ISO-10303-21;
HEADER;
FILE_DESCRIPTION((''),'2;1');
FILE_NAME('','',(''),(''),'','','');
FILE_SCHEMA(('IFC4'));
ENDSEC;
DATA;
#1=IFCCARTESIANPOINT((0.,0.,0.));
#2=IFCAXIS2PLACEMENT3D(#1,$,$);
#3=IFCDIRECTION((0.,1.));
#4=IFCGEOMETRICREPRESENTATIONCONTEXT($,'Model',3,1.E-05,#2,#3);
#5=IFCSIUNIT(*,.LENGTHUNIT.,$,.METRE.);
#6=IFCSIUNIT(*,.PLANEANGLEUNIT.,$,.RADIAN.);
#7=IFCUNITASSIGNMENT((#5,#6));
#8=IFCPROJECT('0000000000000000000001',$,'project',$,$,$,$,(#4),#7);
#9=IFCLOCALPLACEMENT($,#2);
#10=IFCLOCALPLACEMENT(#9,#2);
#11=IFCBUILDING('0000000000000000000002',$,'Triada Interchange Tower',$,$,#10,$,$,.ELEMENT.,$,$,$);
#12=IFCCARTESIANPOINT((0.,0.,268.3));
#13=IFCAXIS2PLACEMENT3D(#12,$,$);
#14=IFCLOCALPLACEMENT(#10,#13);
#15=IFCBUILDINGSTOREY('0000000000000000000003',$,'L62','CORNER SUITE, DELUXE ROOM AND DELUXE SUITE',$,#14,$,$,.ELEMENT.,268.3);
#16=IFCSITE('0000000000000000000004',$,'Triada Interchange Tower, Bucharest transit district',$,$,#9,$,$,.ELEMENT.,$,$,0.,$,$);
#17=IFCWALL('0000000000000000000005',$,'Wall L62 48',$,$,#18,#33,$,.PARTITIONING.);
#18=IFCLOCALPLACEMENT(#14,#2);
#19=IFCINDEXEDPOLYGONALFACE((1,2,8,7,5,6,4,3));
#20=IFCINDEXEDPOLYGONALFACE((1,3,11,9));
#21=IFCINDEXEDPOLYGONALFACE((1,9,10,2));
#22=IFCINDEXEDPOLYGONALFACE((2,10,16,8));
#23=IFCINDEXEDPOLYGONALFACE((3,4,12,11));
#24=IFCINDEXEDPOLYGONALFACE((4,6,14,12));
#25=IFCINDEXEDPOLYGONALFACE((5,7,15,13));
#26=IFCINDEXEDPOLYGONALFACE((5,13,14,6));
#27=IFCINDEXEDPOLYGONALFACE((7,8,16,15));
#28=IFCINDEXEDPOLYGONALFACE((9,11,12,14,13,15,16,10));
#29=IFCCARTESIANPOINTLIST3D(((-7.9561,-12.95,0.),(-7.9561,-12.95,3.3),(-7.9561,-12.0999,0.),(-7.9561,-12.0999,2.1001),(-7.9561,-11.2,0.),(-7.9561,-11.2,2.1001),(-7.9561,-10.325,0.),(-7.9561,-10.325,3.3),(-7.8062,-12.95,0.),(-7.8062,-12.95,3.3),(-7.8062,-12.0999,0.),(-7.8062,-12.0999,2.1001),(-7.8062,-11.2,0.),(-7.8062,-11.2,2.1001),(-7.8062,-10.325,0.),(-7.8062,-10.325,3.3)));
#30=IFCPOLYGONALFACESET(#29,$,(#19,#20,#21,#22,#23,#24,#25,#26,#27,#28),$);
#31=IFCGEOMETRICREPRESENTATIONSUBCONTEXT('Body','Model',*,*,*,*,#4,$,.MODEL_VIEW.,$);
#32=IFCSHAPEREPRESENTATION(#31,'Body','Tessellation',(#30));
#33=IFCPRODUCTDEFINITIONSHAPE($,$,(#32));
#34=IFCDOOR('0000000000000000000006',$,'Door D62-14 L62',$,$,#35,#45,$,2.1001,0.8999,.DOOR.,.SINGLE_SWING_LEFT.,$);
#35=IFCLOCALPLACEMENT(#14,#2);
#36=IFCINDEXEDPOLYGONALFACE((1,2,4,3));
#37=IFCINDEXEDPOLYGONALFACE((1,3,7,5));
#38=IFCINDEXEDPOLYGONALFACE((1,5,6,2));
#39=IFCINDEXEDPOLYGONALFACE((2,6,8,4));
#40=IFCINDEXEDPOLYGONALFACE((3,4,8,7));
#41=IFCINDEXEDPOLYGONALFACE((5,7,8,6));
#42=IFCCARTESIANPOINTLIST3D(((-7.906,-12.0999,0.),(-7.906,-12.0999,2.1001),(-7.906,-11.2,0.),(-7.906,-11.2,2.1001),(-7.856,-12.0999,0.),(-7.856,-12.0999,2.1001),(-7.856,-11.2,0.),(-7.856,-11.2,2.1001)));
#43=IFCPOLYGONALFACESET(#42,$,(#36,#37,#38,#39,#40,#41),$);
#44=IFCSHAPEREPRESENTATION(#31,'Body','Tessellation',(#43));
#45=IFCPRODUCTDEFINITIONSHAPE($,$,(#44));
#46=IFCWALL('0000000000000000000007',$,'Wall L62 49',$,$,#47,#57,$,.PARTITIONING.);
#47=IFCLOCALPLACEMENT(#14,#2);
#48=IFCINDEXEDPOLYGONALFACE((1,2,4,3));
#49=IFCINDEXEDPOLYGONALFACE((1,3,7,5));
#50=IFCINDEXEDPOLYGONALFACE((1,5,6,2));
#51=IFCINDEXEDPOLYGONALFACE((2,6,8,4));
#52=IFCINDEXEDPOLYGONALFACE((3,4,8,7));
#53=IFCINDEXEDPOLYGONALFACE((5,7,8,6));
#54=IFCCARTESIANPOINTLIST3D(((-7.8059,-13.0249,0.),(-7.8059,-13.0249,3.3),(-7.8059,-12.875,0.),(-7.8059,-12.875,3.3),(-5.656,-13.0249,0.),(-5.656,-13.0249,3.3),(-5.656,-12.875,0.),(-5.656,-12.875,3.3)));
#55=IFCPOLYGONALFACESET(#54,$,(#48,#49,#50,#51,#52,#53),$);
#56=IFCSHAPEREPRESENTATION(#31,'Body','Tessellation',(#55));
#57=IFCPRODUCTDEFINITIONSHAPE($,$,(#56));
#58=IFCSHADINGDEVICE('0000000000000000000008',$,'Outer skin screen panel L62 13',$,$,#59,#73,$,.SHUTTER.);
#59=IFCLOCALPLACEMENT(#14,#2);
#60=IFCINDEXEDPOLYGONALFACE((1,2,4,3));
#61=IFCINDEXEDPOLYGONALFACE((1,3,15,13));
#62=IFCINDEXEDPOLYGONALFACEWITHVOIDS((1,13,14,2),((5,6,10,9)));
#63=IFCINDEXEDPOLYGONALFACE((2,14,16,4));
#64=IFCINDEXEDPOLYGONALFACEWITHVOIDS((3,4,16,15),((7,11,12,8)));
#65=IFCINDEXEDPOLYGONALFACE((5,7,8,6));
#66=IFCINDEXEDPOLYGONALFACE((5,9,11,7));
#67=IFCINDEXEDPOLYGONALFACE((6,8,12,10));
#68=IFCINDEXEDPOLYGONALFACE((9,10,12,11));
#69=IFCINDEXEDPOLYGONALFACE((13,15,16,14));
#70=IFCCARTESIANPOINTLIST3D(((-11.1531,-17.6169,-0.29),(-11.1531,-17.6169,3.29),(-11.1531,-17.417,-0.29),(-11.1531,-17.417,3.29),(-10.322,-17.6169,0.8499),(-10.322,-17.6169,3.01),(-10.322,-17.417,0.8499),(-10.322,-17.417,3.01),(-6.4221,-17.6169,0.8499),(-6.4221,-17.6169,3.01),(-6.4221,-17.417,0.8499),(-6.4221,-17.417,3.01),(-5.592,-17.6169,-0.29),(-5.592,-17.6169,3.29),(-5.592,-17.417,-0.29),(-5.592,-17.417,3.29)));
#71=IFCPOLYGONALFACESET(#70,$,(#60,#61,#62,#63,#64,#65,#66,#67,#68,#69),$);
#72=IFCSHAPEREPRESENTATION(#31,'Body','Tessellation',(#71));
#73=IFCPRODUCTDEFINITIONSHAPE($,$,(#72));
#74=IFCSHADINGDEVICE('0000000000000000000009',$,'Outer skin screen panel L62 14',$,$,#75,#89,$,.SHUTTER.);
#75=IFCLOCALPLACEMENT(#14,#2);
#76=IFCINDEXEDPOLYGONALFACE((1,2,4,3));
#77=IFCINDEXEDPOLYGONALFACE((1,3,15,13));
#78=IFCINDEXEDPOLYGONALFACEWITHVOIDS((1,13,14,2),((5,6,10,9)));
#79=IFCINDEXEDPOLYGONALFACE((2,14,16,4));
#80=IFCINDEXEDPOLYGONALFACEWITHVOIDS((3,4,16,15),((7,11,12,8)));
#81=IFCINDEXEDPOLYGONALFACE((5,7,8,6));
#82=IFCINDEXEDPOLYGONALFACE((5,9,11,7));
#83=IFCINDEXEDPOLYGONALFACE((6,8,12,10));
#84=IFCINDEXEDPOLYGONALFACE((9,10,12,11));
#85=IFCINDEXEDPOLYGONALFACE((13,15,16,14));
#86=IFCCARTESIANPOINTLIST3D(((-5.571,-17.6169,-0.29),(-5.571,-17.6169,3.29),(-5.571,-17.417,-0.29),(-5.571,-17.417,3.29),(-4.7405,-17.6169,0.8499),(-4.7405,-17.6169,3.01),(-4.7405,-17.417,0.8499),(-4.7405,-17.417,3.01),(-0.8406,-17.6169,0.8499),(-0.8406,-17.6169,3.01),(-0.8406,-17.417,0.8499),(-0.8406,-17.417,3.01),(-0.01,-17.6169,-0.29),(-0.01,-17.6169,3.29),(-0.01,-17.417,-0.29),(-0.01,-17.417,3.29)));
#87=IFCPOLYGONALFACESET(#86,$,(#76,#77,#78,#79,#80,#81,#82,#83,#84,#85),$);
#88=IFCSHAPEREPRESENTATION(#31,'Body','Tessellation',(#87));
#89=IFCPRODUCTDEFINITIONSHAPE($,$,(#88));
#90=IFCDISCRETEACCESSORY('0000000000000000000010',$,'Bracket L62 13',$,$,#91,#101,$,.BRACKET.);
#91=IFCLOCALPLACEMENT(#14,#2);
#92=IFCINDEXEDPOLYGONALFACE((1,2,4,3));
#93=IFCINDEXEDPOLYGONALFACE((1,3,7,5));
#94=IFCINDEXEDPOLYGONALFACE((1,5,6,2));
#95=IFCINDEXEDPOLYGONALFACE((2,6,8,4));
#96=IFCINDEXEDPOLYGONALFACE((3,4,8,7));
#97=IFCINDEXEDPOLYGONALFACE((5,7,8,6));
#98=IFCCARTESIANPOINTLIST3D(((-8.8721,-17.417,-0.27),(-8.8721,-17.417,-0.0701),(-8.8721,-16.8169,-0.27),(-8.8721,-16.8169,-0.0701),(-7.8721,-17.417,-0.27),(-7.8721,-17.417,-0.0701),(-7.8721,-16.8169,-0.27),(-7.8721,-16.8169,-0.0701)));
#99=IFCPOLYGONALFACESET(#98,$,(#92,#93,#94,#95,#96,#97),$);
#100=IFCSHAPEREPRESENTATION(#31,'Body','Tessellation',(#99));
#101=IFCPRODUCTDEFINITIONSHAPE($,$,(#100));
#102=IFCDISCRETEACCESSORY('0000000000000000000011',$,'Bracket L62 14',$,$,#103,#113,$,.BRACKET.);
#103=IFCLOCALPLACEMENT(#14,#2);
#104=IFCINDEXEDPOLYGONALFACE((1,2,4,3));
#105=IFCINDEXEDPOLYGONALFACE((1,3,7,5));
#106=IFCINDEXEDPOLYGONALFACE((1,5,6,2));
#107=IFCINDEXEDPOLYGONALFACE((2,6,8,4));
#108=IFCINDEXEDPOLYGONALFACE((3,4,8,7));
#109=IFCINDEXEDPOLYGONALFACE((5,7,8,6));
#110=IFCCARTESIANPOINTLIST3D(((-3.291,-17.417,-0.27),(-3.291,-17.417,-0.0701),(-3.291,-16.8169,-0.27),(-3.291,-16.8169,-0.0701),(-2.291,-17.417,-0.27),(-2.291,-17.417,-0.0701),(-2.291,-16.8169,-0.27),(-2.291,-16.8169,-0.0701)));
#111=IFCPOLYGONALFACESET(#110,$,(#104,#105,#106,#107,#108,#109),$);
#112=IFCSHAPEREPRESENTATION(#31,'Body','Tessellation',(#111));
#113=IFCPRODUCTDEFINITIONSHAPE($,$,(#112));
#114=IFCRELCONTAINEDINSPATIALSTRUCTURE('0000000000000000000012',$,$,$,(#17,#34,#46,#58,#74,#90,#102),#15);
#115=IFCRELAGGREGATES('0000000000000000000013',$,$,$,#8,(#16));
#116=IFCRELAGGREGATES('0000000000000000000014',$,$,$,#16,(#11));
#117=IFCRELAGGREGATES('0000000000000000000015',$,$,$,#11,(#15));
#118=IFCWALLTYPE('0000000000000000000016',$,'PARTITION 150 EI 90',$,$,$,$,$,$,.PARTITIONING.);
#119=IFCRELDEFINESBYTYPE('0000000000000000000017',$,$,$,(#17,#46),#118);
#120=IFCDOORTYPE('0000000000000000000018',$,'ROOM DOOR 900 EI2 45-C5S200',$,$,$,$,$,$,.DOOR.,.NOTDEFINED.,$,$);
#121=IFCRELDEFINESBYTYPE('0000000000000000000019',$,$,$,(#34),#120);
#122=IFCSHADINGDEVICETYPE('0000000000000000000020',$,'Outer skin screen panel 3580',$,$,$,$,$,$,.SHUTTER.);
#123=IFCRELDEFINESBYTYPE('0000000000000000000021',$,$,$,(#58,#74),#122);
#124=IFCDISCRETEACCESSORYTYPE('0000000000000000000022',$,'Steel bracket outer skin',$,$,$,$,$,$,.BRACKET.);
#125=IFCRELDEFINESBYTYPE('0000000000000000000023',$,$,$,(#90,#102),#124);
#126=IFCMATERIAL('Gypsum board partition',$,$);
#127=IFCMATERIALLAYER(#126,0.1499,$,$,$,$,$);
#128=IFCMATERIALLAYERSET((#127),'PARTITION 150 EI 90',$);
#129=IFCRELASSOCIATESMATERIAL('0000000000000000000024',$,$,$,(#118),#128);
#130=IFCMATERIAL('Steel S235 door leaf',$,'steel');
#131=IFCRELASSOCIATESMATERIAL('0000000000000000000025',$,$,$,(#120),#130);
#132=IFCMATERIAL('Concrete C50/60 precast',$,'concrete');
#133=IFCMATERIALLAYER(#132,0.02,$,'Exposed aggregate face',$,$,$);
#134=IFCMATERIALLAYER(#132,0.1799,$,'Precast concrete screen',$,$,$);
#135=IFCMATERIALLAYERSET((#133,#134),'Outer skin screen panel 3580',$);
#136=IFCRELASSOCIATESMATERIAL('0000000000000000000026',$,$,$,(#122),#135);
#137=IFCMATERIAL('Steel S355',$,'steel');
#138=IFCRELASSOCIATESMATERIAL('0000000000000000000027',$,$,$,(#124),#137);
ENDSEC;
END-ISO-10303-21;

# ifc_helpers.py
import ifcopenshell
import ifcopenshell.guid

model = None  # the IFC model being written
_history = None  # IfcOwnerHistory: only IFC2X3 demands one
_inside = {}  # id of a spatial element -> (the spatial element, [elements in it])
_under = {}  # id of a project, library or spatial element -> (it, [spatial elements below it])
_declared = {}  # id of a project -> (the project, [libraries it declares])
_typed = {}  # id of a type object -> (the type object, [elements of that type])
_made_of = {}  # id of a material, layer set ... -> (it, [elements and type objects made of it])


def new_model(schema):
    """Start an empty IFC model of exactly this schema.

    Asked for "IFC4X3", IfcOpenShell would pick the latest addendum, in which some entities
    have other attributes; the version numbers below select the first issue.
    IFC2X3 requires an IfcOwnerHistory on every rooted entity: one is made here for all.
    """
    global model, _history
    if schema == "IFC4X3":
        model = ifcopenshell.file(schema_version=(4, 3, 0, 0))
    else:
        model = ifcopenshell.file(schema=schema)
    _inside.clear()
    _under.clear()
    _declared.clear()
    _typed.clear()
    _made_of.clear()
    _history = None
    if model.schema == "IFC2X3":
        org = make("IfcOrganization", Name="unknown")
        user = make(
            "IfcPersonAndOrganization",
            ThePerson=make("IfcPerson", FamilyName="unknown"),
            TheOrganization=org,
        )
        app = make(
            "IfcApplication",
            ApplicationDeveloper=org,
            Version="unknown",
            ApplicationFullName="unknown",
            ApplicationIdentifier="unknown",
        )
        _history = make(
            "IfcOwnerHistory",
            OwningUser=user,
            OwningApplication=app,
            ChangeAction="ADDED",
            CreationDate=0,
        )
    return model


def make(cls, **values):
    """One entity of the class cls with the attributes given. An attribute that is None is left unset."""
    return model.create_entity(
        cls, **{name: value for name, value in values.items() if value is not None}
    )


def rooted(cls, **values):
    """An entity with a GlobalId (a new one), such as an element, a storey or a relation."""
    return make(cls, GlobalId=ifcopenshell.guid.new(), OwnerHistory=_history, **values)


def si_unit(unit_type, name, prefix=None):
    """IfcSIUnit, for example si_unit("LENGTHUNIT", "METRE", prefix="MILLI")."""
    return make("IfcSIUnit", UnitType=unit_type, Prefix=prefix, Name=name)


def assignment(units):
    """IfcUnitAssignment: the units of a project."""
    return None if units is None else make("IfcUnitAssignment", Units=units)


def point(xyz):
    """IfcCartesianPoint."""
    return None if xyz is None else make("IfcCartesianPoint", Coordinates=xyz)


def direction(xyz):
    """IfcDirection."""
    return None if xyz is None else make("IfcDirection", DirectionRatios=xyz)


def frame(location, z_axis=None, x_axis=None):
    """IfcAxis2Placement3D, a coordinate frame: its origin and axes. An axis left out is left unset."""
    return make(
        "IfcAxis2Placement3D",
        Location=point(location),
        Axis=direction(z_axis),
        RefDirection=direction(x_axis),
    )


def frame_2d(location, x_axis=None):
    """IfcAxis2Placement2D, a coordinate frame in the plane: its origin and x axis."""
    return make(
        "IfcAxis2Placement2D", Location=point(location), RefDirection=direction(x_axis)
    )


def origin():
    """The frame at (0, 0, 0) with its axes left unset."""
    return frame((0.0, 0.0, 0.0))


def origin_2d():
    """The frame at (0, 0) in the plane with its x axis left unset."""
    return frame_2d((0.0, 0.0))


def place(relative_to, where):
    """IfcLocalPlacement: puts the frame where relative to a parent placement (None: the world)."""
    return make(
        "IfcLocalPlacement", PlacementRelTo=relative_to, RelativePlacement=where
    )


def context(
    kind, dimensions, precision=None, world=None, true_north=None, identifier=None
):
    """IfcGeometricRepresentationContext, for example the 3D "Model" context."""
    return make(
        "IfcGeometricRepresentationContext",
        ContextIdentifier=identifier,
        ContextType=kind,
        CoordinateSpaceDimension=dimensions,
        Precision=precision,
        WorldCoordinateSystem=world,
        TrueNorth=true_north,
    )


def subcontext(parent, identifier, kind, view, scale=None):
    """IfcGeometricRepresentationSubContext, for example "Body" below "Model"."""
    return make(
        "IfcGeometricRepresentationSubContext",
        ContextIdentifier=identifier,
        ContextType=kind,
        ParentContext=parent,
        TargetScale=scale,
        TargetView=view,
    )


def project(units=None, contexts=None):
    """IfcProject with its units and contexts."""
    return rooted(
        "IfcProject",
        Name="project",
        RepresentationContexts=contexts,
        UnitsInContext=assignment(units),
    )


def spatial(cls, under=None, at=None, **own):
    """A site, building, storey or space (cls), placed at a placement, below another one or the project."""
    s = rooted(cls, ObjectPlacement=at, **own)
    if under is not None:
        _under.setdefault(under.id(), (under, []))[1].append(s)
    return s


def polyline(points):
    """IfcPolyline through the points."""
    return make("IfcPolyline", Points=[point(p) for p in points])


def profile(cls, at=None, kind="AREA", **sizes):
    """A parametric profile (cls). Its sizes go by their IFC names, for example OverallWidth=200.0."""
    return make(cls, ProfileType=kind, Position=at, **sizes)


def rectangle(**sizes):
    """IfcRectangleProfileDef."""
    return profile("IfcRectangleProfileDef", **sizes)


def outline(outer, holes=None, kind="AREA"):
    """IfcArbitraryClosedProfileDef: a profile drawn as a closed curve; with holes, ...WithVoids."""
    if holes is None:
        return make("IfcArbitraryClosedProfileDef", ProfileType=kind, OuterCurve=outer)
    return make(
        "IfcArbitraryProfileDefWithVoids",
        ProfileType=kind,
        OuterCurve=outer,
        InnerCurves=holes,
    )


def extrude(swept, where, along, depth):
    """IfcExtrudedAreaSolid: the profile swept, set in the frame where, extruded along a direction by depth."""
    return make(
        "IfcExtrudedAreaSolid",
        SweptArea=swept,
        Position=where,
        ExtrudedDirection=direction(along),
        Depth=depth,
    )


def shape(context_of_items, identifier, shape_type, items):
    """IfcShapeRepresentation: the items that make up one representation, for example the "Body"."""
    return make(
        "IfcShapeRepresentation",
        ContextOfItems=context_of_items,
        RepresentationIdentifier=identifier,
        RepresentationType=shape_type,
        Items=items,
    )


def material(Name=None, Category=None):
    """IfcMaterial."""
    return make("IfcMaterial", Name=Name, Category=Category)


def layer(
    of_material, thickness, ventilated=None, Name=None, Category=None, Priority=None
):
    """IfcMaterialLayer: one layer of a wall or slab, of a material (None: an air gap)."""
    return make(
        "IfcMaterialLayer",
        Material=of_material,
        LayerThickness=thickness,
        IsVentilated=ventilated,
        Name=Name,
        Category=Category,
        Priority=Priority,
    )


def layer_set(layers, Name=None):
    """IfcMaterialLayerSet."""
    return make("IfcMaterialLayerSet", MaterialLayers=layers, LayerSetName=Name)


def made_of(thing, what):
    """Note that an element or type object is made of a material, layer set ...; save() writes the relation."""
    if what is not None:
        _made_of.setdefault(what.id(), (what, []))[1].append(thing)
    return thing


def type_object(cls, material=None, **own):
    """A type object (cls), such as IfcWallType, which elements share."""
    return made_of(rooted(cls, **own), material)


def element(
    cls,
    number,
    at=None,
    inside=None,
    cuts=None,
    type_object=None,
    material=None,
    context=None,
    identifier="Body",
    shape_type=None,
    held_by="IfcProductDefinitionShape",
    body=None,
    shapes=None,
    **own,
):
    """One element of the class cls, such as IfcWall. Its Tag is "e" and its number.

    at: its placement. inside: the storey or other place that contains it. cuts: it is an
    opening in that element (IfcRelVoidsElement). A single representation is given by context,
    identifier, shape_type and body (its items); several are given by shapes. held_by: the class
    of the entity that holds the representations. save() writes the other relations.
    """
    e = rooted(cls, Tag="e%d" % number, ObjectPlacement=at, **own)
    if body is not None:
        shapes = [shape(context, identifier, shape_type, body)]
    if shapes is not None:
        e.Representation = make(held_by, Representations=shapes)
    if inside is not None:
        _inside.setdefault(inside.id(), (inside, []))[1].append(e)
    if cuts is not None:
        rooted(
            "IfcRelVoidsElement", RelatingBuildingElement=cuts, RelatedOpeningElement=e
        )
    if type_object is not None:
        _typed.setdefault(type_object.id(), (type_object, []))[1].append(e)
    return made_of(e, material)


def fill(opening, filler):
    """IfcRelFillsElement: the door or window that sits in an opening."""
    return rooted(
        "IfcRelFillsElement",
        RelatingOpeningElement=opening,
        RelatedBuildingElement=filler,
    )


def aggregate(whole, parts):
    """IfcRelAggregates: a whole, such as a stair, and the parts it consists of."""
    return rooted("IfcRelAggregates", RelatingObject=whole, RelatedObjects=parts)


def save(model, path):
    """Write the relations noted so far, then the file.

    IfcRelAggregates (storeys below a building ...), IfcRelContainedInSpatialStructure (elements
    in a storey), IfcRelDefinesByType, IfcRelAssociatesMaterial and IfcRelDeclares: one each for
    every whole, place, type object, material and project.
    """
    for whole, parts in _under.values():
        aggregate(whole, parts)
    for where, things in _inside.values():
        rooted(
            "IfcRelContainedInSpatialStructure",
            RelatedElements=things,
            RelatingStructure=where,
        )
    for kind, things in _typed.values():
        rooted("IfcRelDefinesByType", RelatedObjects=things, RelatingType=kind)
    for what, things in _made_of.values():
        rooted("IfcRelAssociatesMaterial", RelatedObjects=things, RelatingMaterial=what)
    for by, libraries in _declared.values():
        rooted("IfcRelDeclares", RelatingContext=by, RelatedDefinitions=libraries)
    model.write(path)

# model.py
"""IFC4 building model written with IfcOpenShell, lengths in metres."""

from ifc_helpers import new_model, si_unit, direction, frame, frame_2d, origin, origin_2d, place, context, subcontext, project, spatial, polyline, rectangle, outline, extrude, material, layer, layer_set, type_object, element, fill, save


model = new_model("IFC4")

# Units and contexts
model_context = context("Model", 3, precision=1e-05, world=origin(), true_north=direction((0.0, 1.0)))
body_context = subcontext(model_context, "Body", "Model", "MODEL_VIEW")
ifc_project = project(units=[si_unit("LENGTHUNIT", "METRE"), si_unit("PLANEANGLEUNIT", "RADIAN")], contexts=[model_context])

# Site, building, storey
site_placement = place(None, origin())
site = spatial("IfcSite", under=ifc_project, at=site_placement, Name="Triada Interchange Tower, Bucharest transit district", CompositionType="ELEMENT", RefElevation=0.0)
building_placement = place(site_placement, origin())
building = spatial("IfcBuilding", under=site, at=building_placement, Name="Triada Interchange Tower", CompositionType="ELEMENT")
storey_placement = place(building_placement, frame((0.0, 0.0, 268.3)))
storey = spatial("IfcBuildingStorey", under=building, at=storey_placement, Name="L62", Description="CORNER SUITE, DELUXE ROOM AND DELUXE SUITE", CompositionType="ELEMENT", Elevation=268.3)

# Shared definitions
ifc_material_1 = material(Name="Gypsum board partition")
ifc_layer_1 = layer(ifc_material_1, 0.1499)
ifc_layer_set_1 = layer_set([ifc_layer_1], Name="PARTITION 150 EI 90")
wall_type_1 = type_object("IfcWallType", Name="PARTITION 150 EI 90", PredefinedType="PARTITIONING", material=ifc_layer_set_1)

# Wall, opening, door
wall_1_placement = place(storey_placement, frame((-7.8811, -12.95, 0.0), z_axis=(0.0, 0.0, 1.0), x_axis=(0.0, 1.0, 0.0)))
wall_1 = element("IfcWall", 1, at=wall_1_placement, inside=storey, type_object=wall_type_1, Name="Wall L62 48", PredefinedType="PARTITIONING", context=body_context, shape_type="SweptSolid", body=[
    extrude(rectangle(XDim=2.625, YDim=0.1499, at=frame_2d((1.3125, 0.0))), origin(), (0.0, 0.0, 1.0), 3.3),
])
opening_placement = place(wall_1_placement, frame((0.8501, 0.0, 0.0)))
opening = element("IfcOpeningElement", 2, at=opening_placement, cuts=wall_1, PredefinedType="OPENING", context=body_context, shape_type="SweptSolid", body=[
    extrude(rectangle(XDim=0.8999, YDim=2.1001, at=frame_2d((0.45, 1.05))), frame((0.0, 0.085, 0.0), z_axis=(0.0, -1.0, 0.0), x_axis=(1.0, 0.0, 0.0)), (0.0, 0.0, 1.0), 0.1699),
])
ifc_material_2 = material(Name="Steel S235 door leaf", Category="steel")
door_type = type_object("IfcDoorType", Name="ROOM DOOR 900 EI2 45-C5S200", OperationType="NOTDEFINED", PredefinedType="DOOR", material=ifc_material_2)
door_placement = place(opening_placement, origin())
door = element("IfcDoor", 3, at=door_placement, inside=storey, type_object=door_type, Name="Door D62-14 L62", OperationType="SINGLE_SWING_LEFT", OverallHeight=2.1001, OverallWidth=0.8999, PredefinedType="DOOR", context=body_context, shape_type="SweptSolid", body=[
    extrude(rectangle(XDim=0.8999, YDim=2.1001, at=frame_2d((0.45, 1.05))), frame((0.0, 0.0249, 0.0), z_axis=(0.0, -1.0, 0.0), x_axis=(1.0, 0.0, 0.0)), (0.0, 0.0, 1.0), 0.05),
])
fill(opening, door)

# Wall
wall_2_placement = place(storey_placement, frame((-7.8059, -12.95, 0.0), z_axis=(0.0, 0.0, 1.0), x_axis=(1.0, 0.0, 0.0)))
element("IfcWall", 4, at=wall_2_placement, inside=storey, type_object=wall_type_1, Name="Wall L62 49", PredefinedType="PARTITIONING", context=body_context, shape_type="SweptSolid", body=[
    extrude(rectangle(XDim=2.1499, YDim=0.1499, at=frame_2d((1.075, 0.0))), origin(), (0.0, 0.0, 1.0), 3.3),
])

# Shading devices
ifc_material_3 = material(Name="Concrete C50/60 precast", Category="concrete")
ifc_layer_2 = layer(ifc_material_3, 0.02, Name="Exposed aggregate face")
ifc_layer_3 = layer(ifc_material_3, 0.1799, Name="Precast concrete screen")
ifc_layer_set_2 = layer_set([ifc_layer_2, ifc_layer_3], Name="Outer skin screen panel 3580")
shading_device_type = type_object("IfcShadingDeviceType", Name="Outer skin screen panel 3580", PredefinedType="SHUTTER", material=ifc_layer_set_2)
shading_device_1_placement = place(storey_placement, frame((-11.1531, -17.417, -0.29), z_axis=(0.0, 0.0, 1.0), x_axis=(1.0, 0.0, 0.0)))
element("IfcShadingDevice", 5, at=shading_device_1_placement, inside=storey, type_object=shading_device_type, Name="Outer skin screen panel L62 13", PredefinedType="SHUTTER", context=body_context, shape_type="SweptSolid", body=[
    extrude(outline(polyline([(0.0, 0.0), (5.561, 0.0), (5.561, 3.5801), (0.0, 3.5801), (0.0, 0.0)]), holes=[polyline([(0.8311, 1.1399), (0.8311, 3.3), (4.731, 3.3), (4.731, 1.1399), (0.8311, 1.1399)])]), frame((0.0, 0.0, 0.0), z_axis=(0.0, -1.0, 0.0), x_axis=(1.0, 0.0, 0.0)), (0.0, 0.0, 1.0), 0.2),
])
shading_device_2_placement = place(storey_placement, frame((-5.571, -17.417, -0.29), z_axis=(0.0, 0.0, 1.0), x_axis=(1.0, 0.0, 0.0)))
element("IfcShadingDevice", 6, at=shading_device_2_placement, inside=storey, type_object=shading_device_type, Name="Outer skin screen panel L62 14", PredefinedType="SHUTTER", context=body_context, shape_type="SweptSolid", body=[
    extrude(outline(polyline([(0.0, 0.0), (5.561, 0.0), (5.561, 3.5801), (0.0, 3.5801), (0.0, 0.0)]), holes=[polyline([(0.8306, 1.1399), (0.8306, 3.3), (4.7305, 3.3), (4.7305, 1.1399), (0.8306, 1.1399)])]), frame((0.0, 0.0, 0.0), z_axis=(0.0, -1.0, 0.0), x_axis=(1.0, 0.0, 0.0)), (0.0, 0.0, 1.0), 0.2),
])

# Discrete accessories
ifc_material_4 = material(Name="Steel S355", Category="steel")
discrete_accessory_type = type_object("IfcDiscreteAccessoryType", Name="Steel bracket outer skin", PredefinedType="BRACKET", material=ifc_material_4)
for number, where, z_axis, x_axis, name in (
    (7, (-8.3721, -17.1169, -0.27), (0.0, 0.0, 1.0), (0.0, -1.0, 0.0), "Bracket L62 13"),
    (8, (-2.791, -17.1169, -0.27), (0.0, 0.0, 1.0), (0.0, -1.0, 0.0), "Bracket L62 14"),
):
    element("IfcDiscreteAccessory", number, at=place(storey_placement, frame(where, z_axis=z_axis, x_axis=x_axis)), inside=storey, type_object=discrete_accessory_type, Name=name, PredefinedType="BRACKET", context=body_context, shape_type="SweptSolid", body=[
        extrude(rectangle(XDim=0.6001, YDim=1.0, at=origin_2d()), origin(), (0.0, 0.0, 1.0), 0.2),
    ])

save(model, "model.ifc")
